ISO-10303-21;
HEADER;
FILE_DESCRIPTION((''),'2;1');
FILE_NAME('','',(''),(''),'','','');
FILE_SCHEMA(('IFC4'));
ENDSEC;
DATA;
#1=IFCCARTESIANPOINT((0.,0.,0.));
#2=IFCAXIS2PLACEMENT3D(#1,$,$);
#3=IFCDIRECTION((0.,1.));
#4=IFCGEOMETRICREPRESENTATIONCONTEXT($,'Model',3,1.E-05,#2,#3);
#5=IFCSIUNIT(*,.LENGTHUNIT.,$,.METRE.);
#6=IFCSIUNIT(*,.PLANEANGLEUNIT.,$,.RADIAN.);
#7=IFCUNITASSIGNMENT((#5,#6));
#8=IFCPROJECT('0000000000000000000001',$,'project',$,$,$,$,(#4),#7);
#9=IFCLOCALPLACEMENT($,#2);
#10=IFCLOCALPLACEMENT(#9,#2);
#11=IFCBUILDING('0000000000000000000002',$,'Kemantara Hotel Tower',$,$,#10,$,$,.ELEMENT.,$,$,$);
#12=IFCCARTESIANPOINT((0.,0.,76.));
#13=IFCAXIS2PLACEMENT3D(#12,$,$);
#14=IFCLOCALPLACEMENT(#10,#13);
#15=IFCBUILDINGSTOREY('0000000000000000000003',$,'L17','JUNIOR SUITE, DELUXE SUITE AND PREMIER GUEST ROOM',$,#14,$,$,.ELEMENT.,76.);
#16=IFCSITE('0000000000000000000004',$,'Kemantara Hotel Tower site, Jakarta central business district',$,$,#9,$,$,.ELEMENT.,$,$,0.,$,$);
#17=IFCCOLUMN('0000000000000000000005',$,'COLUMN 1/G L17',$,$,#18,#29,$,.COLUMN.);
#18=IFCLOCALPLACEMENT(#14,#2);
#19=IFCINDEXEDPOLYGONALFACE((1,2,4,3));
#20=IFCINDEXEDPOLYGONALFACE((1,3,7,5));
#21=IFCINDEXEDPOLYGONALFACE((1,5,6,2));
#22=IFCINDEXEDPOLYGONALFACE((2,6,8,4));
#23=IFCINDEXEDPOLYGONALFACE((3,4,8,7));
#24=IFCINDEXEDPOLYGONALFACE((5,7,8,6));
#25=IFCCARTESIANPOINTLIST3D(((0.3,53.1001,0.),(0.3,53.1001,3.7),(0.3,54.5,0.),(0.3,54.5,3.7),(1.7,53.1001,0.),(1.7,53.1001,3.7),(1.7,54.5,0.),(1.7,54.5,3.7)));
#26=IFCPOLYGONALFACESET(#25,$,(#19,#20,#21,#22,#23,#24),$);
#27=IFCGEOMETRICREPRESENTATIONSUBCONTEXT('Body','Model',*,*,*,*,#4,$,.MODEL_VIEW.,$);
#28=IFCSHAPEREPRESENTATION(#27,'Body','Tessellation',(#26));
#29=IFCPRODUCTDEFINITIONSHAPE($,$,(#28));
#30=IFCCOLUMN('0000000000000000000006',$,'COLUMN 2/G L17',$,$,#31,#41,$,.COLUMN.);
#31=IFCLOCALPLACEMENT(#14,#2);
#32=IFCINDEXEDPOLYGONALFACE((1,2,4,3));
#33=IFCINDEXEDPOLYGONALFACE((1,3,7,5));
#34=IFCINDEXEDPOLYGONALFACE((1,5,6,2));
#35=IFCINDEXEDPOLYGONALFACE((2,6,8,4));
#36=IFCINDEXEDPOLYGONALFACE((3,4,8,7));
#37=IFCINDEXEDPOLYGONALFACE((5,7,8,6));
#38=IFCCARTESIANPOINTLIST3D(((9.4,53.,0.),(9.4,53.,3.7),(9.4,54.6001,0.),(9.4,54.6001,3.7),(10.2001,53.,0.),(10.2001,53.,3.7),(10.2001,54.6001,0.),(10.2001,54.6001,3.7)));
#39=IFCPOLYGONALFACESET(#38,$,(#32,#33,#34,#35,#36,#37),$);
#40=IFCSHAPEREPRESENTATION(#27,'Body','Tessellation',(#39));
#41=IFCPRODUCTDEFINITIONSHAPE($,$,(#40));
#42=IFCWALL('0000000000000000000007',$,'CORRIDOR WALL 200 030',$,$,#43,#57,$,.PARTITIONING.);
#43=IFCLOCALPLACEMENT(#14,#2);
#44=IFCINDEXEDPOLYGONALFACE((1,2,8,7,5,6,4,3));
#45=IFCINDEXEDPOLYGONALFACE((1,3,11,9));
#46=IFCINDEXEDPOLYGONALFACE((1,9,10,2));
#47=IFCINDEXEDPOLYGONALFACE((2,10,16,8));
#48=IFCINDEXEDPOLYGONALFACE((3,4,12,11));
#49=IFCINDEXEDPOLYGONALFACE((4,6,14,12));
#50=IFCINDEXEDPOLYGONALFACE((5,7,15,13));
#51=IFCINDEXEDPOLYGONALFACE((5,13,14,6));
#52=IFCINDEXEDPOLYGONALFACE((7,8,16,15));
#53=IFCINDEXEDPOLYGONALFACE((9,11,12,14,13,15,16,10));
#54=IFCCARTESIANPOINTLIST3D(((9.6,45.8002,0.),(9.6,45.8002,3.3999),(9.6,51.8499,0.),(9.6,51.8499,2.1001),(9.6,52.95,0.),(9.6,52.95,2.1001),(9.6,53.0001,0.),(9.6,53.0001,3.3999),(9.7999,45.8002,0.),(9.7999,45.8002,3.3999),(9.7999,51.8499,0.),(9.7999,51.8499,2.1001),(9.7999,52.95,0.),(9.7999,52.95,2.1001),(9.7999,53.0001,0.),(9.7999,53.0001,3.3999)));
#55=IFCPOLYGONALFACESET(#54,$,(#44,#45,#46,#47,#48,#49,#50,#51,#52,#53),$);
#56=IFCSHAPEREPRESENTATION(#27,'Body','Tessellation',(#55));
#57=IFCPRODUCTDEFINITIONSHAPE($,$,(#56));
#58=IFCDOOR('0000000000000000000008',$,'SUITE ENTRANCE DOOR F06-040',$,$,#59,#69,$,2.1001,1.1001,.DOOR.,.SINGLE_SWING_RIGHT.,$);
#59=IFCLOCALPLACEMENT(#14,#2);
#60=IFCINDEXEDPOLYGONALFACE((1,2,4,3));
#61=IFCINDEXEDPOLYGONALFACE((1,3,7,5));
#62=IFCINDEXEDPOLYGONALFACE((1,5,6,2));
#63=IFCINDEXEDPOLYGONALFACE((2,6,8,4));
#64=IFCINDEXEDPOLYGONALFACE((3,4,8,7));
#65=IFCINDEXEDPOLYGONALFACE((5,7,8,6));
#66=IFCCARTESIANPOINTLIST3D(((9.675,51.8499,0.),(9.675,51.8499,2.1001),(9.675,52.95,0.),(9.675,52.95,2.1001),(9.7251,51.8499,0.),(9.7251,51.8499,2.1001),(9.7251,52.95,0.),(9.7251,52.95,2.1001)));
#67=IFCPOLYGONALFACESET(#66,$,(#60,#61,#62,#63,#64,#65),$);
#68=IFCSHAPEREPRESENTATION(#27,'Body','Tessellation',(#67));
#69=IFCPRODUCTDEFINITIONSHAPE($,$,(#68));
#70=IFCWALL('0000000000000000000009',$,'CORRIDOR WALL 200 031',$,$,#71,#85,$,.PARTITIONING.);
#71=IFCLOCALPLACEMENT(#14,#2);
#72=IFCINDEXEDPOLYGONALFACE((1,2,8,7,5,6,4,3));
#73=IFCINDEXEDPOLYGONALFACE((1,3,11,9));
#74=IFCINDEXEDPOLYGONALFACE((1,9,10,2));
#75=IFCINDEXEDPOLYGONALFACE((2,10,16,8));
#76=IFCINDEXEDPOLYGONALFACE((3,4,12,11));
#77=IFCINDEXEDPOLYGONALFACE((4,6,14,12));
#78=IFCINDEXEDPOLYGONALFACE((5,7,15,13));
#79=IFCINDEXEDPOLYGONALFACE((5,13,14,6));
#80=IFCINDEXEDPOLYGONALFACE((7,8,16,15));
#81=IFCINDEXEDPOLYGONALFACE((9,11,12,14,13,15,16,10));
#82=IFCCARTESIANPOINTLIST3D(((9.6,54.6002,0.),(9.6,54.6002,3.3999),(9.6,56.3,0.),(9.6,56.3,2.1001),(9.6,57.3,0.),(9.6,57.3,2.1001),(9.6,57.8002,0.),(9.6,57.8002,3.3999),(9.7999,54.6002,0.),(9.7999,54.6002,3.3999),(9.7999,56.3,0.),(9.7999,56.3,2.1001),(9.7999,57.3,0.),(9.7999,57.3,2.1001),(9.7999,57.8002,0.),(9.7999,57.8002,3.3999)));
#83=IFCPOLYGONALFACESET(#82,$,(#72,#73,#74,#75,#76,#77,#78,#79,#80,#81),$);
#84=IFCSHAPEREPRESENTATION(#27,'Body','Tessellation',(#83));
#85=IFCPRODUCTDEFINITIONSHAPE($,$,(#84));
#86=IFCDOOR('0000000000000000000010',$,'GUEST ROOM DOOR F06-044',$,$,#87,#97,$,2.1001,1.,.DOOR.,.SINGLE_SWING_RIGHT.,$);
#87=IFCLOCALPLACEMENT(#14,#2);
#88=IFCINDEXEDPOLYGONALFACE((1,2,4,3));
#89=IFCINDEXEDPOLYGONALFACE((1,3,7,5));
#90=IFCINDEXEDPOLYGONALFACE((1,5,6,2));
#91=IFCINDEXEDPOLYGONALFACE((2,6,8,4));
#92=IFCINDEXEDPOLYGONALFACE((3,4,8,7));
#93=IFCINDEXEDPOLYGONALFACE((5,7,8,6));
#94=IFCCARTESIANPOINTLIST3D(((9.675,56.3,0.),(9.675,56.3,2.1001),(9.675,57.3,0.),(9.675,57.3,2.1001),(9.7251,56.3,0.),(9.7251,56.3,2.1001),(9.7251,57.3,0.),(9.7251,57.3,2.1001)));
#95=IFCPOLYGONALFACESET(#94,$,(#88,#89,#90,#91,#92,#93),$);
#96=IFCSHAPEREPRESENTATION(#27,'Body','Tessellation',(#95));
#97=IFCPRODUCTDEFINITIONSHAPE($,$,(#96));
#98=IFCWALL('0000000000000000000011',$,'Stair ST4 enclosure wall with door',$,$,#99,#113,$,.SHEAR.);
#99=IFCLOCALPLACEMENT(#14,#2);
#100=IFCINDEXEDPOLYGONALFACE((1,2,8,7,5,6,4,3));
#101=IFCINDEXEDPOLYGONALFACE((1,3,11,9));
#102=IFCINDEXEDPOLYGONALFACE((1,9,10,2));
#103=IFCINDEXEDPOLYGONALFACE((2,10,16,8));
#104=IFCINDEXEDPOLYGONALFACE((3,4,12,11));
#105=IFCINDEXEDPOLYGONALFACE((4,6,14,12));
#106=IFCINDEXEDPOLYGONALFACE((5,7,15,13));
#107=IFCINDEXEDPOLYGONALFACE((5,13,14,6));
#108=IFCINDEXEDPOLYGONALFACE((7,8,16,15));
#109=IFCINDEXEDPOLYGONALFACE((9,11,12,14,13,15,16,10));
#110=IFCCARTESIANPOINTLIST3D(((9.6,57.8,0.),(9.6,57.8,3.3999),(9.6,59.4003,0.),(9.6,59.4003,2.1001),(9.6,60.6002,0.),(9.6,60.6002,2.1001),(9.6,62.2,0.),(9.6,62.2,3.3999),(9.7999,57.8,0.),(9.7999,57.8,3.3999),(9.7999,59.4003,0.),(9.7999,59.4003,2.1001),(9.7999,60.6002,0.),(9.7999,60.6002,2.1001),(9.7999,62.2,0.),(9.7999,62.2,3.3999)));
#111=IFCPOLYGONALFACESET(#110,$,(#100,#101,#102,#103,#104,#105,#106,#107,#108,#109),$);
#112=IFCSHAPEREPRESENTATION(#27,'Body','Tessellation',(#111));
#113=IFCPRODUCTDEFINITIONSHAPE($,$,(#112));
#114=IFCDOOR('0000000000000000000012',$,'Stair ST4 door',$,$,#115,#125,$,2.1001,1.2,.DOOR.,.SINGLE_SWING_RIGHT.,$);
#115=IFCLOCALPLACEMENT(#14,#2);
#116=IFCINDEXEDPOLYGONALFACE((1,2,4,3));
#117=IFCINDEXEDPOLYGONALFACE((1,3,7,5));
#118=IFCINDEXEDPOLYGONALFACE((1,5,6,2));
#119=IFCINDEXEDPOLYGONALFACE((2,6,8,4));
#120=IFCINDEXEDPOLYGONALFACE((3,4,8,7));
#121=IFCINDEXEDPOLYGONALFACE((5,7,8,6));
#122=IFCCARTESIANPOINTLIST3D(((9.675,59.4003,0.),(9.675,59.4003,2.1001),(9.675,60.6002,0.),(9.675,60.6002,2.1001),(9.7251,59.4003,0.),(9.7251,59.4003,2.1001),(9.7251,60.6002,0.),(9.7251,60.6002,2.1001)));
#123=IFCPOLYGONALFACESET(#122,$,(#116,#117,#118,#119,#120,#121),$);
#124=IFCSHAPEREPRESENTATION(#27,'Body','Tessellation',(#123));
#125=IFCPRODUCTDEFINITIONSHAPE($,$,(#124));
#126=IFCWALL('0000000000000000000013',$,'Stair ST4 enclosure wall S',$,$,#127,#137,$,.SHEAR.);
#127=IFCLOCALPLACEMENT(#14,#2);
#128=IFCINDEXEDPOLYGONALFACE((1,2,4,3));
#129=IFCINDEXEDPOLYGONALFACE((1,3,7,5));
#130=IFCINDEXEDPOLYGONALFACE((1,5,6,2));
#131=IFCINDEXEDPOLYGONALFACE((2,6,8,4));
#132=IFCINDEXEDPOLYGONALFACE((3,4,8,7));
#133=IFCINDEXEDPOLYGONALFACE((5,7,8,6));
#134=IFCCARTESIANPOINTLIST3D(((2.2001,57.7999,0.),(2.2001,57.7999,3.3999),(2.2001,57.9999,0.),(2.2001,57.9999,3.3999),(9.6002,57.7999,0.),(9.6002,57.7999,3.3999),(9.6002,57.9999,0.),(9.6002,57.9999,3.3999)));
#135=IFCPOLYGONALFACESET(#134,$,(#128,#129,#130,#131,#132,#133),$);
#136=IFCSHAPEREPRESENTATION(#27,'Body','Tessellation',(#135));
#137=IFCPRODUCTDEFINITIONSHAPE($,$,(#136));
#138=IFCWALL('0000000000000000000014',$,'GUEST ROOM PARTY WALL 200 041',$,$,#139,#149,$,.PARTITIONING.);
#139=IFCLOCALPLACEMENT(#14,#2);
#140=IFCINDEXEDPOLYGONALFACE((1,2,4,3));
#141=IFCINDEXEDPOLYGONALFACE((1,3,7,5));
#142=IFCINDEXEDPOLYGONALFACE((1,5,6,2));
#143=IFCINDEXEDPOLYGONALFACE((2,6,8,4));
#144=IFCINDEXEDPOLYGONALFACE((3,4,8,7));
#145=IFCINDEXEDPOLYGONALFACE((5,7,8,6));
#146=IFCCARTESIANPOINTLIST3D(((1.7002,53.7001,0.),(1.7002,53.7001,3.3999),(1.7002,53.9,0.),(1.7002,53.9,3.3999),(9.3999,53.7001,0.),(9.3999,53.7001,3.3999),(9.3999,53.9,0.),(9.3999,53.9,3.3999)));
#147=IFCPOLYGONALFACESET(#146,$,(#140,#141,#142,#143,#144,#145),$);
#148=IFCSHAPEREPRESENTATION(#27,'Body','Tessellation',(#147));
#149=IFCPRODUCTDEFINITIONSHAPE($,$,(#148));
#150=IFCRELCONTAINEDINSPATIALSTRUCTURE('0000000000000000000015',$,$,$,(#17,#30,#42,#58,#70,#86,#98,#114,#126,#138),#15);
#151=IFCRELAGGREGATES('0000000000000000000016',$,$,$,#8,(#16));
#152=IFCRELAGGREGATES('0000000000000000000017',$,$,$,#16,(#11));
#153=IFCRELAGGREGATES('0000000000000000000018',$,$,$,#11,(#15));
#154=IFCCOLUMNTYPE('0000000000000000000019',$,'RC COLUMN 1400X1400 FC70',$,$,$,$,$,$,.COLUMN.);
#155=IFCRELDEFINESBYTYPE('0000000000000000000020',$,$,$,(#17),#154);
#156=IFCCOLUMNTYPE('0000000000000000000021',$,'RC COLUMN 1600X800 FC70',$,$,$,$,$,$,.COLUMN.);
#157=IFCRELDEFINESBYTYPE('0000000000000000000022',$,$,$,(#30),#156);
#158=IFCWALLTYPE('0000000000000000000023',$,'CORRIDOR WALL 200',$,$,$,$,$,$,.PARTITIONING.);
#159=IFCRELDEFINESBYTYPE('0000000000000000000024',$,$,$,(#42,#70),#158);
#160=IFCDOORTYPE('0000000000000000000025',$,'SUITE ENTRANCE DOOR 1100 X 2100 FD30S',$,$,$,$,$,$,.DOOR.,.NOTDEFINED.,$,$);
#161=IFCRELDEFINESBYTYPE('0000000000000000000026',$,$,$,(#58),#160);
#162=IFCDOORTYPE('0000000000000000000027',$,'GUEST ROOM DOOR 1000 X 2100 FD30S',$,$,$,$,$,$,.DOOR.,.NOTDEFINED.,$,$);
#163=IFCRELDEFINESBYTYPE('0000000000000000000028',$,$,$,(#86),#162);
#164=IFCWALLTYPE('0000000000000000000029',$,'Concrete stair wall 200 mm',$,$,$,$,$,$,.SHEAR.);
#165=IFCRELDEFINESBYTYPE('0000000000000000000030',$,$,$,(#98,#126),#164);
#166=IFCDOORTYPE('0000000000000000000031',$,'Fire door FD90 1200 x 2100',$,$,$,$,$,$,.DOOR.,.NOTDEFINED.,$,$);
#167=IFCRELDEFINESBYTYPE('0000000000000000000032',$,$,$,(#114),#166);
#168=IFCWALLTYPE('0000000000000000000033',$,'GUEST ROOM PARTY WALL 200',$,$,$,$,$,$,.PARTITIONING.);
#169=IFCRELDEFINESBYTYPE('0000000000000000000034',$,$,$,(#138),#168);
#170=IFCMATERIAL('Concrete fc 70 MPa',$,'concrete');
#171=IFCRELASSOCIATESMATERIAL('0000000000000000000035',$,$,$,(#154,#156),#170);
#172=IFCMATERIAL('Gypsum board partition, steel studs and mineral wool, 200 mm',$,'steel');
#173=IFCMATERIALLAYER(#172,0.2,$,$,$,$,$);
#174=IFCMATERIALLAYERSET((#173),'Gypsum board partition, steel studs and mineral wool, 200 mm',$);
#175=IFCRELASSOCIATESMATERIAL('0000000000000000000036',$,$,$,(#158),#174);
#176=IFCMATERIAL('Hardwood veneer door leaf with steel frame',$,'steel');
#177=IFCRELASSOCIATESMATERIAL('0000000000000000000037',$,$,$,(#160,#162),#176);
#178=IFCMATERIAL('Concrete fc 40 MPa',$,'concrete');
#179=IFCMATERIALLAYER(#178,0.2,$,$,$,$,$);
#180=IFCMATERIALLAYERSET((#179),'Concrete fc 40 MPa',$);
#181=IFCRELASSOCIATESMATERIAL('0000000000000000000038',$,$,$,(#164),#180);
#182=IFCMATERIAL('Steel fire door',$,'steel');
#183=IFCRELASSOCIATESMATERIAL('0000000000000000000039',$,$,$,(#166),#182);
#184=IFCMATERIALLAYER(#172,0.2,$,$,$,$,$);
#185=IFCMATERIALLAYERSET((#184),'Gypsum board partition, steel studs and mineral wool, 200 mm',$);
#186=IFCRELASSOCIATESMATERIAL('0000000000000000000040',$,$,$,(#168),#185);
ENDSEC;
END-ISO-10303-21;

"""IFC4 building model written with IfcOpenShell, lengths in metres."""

from ifc_helpers import new_model, si_unit, direction, frame, frame_2d, origin, origin_2d, place, context, subcontext, project, spatial, rectangle, extrude, material, layer, layer_set, material_profile, profile_set, type_object, element, fill, save


model = new_model("IFC4")

# Units and contexts
model_context = context("Model", 3, precision=1e-05, world=origin(), true_north=direction((0.0, 1.0)))
body_context = subcontext(model_context, "Body", "Model", "MODEL_VIEW")
ifc_project = project(units=[si_unit("LENGTHUNIT", "METRE"), si_unit("PLANEANGLEUNIT", "RADIAN")], contexts=[model_context])

# Site, building, storey
site_placement = place(None, origin())
site = spatial("IfcSite", under=ifc_project, at=site_placement, Name="Kemantara Hotel Tower site, Jakarta central business district", CompositionType="ELEMENT", RefElevation=0.0)
building_placement = place(site_placement, origin())
building = spatial("IfcBuilding", under=site, at=building_placement, Name="Kemantara Hotel Tower", CompositionType="ELEMENT")
storey_placement = place(building_placement, frame((0.0, 0.0, 76.0)))
storey = spatial("IfcBuildingStorey", under=building, at=storey_placement, Name="L17", Description="JUNIOR SUITE, DELUXE SUITE AND PREMIER GUEST ROOM", CompositionType="ELEMENT", Elevation=76.0)

# Columns
ifc_material_1 = material(Name="Concrete fc 70 MPa", Category="concrete")
ifc_material_profile_1 = material_profile(ifc_material_1, rectangle(XDim=1.3999, YDim=1.3999, at=origin_2d()), Name="RC 1400X1400")
ifc_profile_set_1 = profile_set([ifc_material_profile_1], Name="Concrete fc 70 MPa")
column_type_1 = type_object("IfcColumnType", Name="RC COLUMN 1400X1400 FC70", PredefinedType="COLUMN", material=ifc_profile_set_1)
column_1_placement = place(storey_placement, frame((1.0, 53.8, 0.0), z_axis=(0.0, 0.0, 1.0), x_axis=(1.0, 0.0, 0.0)))
element("IfcColumn", 1, at=column_1_placement, inside=storey, type_object=column_type_1, Name="COLUMN 1/G L17", PredefinedType="COLUMN", context=body_context, shape_type="SweptSolid", body=[
    extrude(rectangle(XDim=1.3999, YDim=1.3999, at=origin_2d()), origin(), (0.0, 0.0, 1.0), 3.7),
])
ifc_material_profile_2 = material_profile(ifc_material_1, rectangle(XDim=1.6001, YDim=0.8, at=origin_2d()), Name="RC 1600X800")
ifc_profile_set_2 = profile_set([ifc_material_profile_2], Name="Concrete fc 70 MPa")
column_type_2 = type_object("IfcColumnType", Name="RC COLUMN 1600X800 FC70", PredefinedType="COLUMN", material=ifc_profile_set_2)
column_2_placement = place(storey_placement, frame((9.8, 53.8, 0.0), z_axis=(0.0, 0.0, 1.0), x_axis=(0.0, 1.0, 0.0)))
element("IfcColumn", 2, at=column_2_placement, inside=storey, type_object=column_type_2, Name="COLUMN 2/G L17", PredefinedType="COLUMN", context=body_context, shape_type="SweptSolid", body=[
    extrude(rectangle(XDim=1.6001, YDim=0.8, at=origin_2d()), origin(), (0.0, 0.0, 1.0), 3.7),
])

# Walls, openings, doors
ifc_material_2 = material(Name="Gypsum board partition, steel studs and mineral wool, 200 mm", Category="steel")
ifc_layer_1 = layer(ifc_material_2, 0.2)
ifc_layer_set_1 = layer_set([ifc_layer_1], Name="Gypsum board partition, steel studs and mineral wool, 200 mm")
wall_type_1 = type_object("IfcWallType", Name="CORRIDOR WALL 200", PredefinedType="PARTITIONING", material=ifc_layer_set_1)
wall_1_placement = place(storey_placement, frame((9.7, 45.8, 0.0), z_axis=(0.0, 0.0, 1.0), x_axis=(0.0, 1.0, 0.0)))
wall_1 = element("IfcWall", 3, at=wall_1_placement, inside=storey, type_object=wall_type_1, Name="CORRIDOR WALL 200 030", PredefinedType="PARTITIONING", context=body_context, shape_type="SweptSolid", body=[
    extrude(rectangle(XDim=7.2, YDim=0.2, at=frame_2d((3.6001, 0.0))), origin(), (0.0, 0.0, 1.0), 3.3999),
])
opening_1_placement = place(wall_1_placement, frame((6.0498, 0.0, 0.0)))
opening_1 = element("IfcOpeningElement", 4, at=opening_1_placement, cuts=wall_1, PredefinedType="OPENING", context=body_context, shape_type="SweptSolid", body=[
    extrude(rectangle(XDim=1.1001, YDim=2.1001, at=frame_2d((0.55, 1.05))), frame((0.0, 0.1099, 0.0), z_axis=(0.0, -1.0, 0.0), x_axis=(1.0, 0.0, 0.0)), (0.0, 0.0, 1.0), 0.22),
])
ifc_material_3 = material(Name="Hardwood veneer door leaf with steel frame", Category="steel")
door_type_1 = type_object("IfcDoorType", Name="SUITE ENTRANCE DOOR 1100 X 2100 FD30S", OperationType="NOTDEFINED", PredefinedType="DOOR", material=ifc_material_3)
door_1_placement = place(opening_1_placement, origin())
door_1 = element("IfcDoor", 5, at=door_1_placement, inside=storey, type_object=door_type_1, Name="SUITE ENTRANCE DOOR F06-040", OperationType="SINGLE_SWING_RIGHT", OverallHeight=2.1001, OverallWidth=1.1001, PredefinedType="DOOR", context=body_context, shape_type="SweptSolid", body=[
    extrude(rectangle(XDim=1.1001, YDim=2.1001, at=frame_2d((0.55, 1.05))), frame((0.0, 0.0249, 0.0), z_axis=(0.0, -1.0, 0.0), x_axis=(1.0, 0.0, 0.0)), (0.0, 0.0, 1.0), 0.05),
])
fill(opening_1, door_1)
wall_2_placement = place(storey_placement, frame((9.7, 54.6001, 0.0), z_axis=(0.0, 0.0, 1.0), x_axis=(0.0, 1.0, 0.0)))
wall_2 = element("IfcWall", 6, at=wall_2_placement, inside=storey, type_object=wall_type_1, Name="CORRIDOR WALL 200 031", PredefinedType="PARTITIONING", context=body_context, shape_type="SweptSolid", body=[
    extrude(rectangle(XDim=3.2, YDim=0.2, at=frame_2d((1.6001, 0.0))), origin(), (0.0, 0.0, 1.0), 3.3999),
])
opening_2_placement = place(wall_2_placement, frame((1.7, 0.0, 0.0)))
opening_2 = element("IfcOpeningElement", 7, at=opening_2_placement, cuts=wall_2, PredefinedType="OPENING", context=body_context, shape_type="SweptSolid", body=[
    extrude(rectangle(XDim=1.0, YDim=2.1001, at=frame_2d((0.5, 1.05))), frame((0.0, 0.1099, 0.0), z_axis=(0.0, -1.0, 0.0), x_axis=(1.0, 0.0, 0.0)), (0.0, 0.0, 1.0), 0.22),
])
door_type_2 = type_object("IfcDoorType", Name="GUEST ROOM DOOR 1000 X 2100 FD30S", OperationType="NOTDEFINED", PredefinedType="DOOR", material=ifc_material_3)
door_2_placement = place(opening_2_placement, origin())
door_2 = element("IfcDoor", 8, at=door_2_placement, inside=storey, type_object=door_type_2, Name="GUEST ROOM DOOR F06-044", OperationType="SINGLE_SWING_RIGHT", OverallHeight=2.1001, OverallWidth=1.0, PredefinedType="DOOR", context=body_context, shape_type="SweptSolid", body=[
    extrude(rectangle(XDim=1.0, YDim=2.1001, at=frame_2d((0.5, 1.05))), frame((0.0, 0.0249, 0.0), z_axis=(0.0, -1.0, 0.0), x_axis=(1.0, 0.0, 0.0)), (0.0, 0.0, 1.0), 0.05),
])
fill(opening_2, door_2)
ifc_material_4 = material(Name="Concrete fc 40 MPa", Category="concrete")
ifc_layer_2 = layer(ifc_material_4, 0.2)
ifc_layer_set_2 = layer_set([ifc_layer_2], Name="Concrete fc 40 MPa")
wall_type_2 = type_object("IfcWallType", Name="Concrete stair wall 200 mm", PredefinedType="SHEAR", material=ifc_layer_set_2)
wall_3_placement = place(storey_placement, frame((9.7, 57.8, 0.0), z_axis=(0.0, 0.0, 1.0), x_axis=(0.0, 1.0, 0.0)))
wall_3 = element("IfcWall", 9, at=wall_3_placement, inside=storey, type_object=wall_type_2, Name="Stair ST4 enclosure wall with door", PredefinedType="SHEAR", context=body_context, shape_type="SweptSolid", body=[
    extrude(rectangle(XDim=4.3999, YDim=0.2, at=frame_2d((2.2, 0.0))), origin(), (0.0, 0.0, 1.0), 3.3999),
])
opening_3_placement = place(wall_3_placement, frame((1.6001, 0.0, 0.0)))
opening_3 = element("IfcOpeningElement", 10, at=opening_3_placement, cuts=wall_3, PredefinedType="OPENING", context=body_context, shape_type="SweptSolid", body=[
    extrude(rectangle(XDim=1.2, YDim=2.1001, at=frame_2d((0.6001, 1.05))), frame((0.0, 0.1099, 0.0), z_axis=(0.0, -1.0, 0.0), x_axis=(1.0, 0.0, 0.0)), (0.0, 0.0, 1.0), 0.22),
])
ifc_material_5 = material(Name="Steel fire door", Category="steel")
door_type_3 = type_object("IfcDoorType", Name="Fire door FD90 1200 x 2100", OperationType="NOTDEFINED", PredefinedType="DOOR", material=ifc_material_5)
door_3_placement = place(opening_3_placement, origin())
door_3 = element("IfcDoor", 11, at=door_3_placement, inside=storey, type_object=door_type_3, Name="Stair ST4 door", OperationType="SINGLE_SWING_RIGHT", OverallHeight=2.1001, OverallWidth=1.2, PredefinedType="DOOR", context=body_context, shape_type="SweptSolid", body=[
    extrude(rectangle(XDim=1.2, YDim=2.1001, at=frame_2d((0.6001, 1.05))), frame((0.0, 0.0249, 0.0), z_axis=(0.0, -1.0, 0.0), x_axis=(1.0, 0.0, 0.0)), (0.0, 0.0, 1.0), 0.05),
])
fill(opening_3, door_3)

# Walls
wall_4_placement = place(storey_placement, frame((2.2, 57.8999, 0.0), z_axis=(0.0, 0.0, 1.0), x_axis=(1.0, 0.0, 0.0)))
element("IfcWall", 12, at=wall_4_placement, inside=storey, type_object=wall_type_2, Name="Stair ST4 enclosure wall S", PredefinedType="SHEAR", context=body_context, shape_type="SweptSolid", body=[
    extrude(rectangle(XDim=7.4001, YDim=0.2, at=frame_2d((3.7002, 0.0))), origin(), (0.0, 0.0, 1.0), 3.3999),
])
ifc_layer_3 = layer(ifc_material_2, 0.2)
ifc_layer_set_3 = layer_set([ifc_layer_3], Name="Gypsum board partition, steel studs and mineral wool, 200 mm")
wall_type_3 = type_object("IfcWallType", Name="GUEST ROOM PARTY WALL 200", PredefinedType="PARTITIONING", material=ifc_layer_set_3)
wall_5_placement = place(storey_placement, frame((1.7002, 53.8, 0.0), z_axis=(0.0, 0.0, 1.0), x_axis=(1.0, 0.0, 0.0)))
element("IfcWall", 13, at=wall_5_placement, inside=storey, type_object=wall_type_3, Name="GUEST ROOM PARTY WALL 200 041", PredefinedType="PARTITIONING", context=body_context, shape_type="SweptSolid", body=[
    extrude(rectangle(XDim=7.6997, YDim=0.2, at=frame_2d((3.8499, 0.0))), origin(), (0.0, 0.0, 1.0), 3.3999),
])

save(model, "model.ifc")
